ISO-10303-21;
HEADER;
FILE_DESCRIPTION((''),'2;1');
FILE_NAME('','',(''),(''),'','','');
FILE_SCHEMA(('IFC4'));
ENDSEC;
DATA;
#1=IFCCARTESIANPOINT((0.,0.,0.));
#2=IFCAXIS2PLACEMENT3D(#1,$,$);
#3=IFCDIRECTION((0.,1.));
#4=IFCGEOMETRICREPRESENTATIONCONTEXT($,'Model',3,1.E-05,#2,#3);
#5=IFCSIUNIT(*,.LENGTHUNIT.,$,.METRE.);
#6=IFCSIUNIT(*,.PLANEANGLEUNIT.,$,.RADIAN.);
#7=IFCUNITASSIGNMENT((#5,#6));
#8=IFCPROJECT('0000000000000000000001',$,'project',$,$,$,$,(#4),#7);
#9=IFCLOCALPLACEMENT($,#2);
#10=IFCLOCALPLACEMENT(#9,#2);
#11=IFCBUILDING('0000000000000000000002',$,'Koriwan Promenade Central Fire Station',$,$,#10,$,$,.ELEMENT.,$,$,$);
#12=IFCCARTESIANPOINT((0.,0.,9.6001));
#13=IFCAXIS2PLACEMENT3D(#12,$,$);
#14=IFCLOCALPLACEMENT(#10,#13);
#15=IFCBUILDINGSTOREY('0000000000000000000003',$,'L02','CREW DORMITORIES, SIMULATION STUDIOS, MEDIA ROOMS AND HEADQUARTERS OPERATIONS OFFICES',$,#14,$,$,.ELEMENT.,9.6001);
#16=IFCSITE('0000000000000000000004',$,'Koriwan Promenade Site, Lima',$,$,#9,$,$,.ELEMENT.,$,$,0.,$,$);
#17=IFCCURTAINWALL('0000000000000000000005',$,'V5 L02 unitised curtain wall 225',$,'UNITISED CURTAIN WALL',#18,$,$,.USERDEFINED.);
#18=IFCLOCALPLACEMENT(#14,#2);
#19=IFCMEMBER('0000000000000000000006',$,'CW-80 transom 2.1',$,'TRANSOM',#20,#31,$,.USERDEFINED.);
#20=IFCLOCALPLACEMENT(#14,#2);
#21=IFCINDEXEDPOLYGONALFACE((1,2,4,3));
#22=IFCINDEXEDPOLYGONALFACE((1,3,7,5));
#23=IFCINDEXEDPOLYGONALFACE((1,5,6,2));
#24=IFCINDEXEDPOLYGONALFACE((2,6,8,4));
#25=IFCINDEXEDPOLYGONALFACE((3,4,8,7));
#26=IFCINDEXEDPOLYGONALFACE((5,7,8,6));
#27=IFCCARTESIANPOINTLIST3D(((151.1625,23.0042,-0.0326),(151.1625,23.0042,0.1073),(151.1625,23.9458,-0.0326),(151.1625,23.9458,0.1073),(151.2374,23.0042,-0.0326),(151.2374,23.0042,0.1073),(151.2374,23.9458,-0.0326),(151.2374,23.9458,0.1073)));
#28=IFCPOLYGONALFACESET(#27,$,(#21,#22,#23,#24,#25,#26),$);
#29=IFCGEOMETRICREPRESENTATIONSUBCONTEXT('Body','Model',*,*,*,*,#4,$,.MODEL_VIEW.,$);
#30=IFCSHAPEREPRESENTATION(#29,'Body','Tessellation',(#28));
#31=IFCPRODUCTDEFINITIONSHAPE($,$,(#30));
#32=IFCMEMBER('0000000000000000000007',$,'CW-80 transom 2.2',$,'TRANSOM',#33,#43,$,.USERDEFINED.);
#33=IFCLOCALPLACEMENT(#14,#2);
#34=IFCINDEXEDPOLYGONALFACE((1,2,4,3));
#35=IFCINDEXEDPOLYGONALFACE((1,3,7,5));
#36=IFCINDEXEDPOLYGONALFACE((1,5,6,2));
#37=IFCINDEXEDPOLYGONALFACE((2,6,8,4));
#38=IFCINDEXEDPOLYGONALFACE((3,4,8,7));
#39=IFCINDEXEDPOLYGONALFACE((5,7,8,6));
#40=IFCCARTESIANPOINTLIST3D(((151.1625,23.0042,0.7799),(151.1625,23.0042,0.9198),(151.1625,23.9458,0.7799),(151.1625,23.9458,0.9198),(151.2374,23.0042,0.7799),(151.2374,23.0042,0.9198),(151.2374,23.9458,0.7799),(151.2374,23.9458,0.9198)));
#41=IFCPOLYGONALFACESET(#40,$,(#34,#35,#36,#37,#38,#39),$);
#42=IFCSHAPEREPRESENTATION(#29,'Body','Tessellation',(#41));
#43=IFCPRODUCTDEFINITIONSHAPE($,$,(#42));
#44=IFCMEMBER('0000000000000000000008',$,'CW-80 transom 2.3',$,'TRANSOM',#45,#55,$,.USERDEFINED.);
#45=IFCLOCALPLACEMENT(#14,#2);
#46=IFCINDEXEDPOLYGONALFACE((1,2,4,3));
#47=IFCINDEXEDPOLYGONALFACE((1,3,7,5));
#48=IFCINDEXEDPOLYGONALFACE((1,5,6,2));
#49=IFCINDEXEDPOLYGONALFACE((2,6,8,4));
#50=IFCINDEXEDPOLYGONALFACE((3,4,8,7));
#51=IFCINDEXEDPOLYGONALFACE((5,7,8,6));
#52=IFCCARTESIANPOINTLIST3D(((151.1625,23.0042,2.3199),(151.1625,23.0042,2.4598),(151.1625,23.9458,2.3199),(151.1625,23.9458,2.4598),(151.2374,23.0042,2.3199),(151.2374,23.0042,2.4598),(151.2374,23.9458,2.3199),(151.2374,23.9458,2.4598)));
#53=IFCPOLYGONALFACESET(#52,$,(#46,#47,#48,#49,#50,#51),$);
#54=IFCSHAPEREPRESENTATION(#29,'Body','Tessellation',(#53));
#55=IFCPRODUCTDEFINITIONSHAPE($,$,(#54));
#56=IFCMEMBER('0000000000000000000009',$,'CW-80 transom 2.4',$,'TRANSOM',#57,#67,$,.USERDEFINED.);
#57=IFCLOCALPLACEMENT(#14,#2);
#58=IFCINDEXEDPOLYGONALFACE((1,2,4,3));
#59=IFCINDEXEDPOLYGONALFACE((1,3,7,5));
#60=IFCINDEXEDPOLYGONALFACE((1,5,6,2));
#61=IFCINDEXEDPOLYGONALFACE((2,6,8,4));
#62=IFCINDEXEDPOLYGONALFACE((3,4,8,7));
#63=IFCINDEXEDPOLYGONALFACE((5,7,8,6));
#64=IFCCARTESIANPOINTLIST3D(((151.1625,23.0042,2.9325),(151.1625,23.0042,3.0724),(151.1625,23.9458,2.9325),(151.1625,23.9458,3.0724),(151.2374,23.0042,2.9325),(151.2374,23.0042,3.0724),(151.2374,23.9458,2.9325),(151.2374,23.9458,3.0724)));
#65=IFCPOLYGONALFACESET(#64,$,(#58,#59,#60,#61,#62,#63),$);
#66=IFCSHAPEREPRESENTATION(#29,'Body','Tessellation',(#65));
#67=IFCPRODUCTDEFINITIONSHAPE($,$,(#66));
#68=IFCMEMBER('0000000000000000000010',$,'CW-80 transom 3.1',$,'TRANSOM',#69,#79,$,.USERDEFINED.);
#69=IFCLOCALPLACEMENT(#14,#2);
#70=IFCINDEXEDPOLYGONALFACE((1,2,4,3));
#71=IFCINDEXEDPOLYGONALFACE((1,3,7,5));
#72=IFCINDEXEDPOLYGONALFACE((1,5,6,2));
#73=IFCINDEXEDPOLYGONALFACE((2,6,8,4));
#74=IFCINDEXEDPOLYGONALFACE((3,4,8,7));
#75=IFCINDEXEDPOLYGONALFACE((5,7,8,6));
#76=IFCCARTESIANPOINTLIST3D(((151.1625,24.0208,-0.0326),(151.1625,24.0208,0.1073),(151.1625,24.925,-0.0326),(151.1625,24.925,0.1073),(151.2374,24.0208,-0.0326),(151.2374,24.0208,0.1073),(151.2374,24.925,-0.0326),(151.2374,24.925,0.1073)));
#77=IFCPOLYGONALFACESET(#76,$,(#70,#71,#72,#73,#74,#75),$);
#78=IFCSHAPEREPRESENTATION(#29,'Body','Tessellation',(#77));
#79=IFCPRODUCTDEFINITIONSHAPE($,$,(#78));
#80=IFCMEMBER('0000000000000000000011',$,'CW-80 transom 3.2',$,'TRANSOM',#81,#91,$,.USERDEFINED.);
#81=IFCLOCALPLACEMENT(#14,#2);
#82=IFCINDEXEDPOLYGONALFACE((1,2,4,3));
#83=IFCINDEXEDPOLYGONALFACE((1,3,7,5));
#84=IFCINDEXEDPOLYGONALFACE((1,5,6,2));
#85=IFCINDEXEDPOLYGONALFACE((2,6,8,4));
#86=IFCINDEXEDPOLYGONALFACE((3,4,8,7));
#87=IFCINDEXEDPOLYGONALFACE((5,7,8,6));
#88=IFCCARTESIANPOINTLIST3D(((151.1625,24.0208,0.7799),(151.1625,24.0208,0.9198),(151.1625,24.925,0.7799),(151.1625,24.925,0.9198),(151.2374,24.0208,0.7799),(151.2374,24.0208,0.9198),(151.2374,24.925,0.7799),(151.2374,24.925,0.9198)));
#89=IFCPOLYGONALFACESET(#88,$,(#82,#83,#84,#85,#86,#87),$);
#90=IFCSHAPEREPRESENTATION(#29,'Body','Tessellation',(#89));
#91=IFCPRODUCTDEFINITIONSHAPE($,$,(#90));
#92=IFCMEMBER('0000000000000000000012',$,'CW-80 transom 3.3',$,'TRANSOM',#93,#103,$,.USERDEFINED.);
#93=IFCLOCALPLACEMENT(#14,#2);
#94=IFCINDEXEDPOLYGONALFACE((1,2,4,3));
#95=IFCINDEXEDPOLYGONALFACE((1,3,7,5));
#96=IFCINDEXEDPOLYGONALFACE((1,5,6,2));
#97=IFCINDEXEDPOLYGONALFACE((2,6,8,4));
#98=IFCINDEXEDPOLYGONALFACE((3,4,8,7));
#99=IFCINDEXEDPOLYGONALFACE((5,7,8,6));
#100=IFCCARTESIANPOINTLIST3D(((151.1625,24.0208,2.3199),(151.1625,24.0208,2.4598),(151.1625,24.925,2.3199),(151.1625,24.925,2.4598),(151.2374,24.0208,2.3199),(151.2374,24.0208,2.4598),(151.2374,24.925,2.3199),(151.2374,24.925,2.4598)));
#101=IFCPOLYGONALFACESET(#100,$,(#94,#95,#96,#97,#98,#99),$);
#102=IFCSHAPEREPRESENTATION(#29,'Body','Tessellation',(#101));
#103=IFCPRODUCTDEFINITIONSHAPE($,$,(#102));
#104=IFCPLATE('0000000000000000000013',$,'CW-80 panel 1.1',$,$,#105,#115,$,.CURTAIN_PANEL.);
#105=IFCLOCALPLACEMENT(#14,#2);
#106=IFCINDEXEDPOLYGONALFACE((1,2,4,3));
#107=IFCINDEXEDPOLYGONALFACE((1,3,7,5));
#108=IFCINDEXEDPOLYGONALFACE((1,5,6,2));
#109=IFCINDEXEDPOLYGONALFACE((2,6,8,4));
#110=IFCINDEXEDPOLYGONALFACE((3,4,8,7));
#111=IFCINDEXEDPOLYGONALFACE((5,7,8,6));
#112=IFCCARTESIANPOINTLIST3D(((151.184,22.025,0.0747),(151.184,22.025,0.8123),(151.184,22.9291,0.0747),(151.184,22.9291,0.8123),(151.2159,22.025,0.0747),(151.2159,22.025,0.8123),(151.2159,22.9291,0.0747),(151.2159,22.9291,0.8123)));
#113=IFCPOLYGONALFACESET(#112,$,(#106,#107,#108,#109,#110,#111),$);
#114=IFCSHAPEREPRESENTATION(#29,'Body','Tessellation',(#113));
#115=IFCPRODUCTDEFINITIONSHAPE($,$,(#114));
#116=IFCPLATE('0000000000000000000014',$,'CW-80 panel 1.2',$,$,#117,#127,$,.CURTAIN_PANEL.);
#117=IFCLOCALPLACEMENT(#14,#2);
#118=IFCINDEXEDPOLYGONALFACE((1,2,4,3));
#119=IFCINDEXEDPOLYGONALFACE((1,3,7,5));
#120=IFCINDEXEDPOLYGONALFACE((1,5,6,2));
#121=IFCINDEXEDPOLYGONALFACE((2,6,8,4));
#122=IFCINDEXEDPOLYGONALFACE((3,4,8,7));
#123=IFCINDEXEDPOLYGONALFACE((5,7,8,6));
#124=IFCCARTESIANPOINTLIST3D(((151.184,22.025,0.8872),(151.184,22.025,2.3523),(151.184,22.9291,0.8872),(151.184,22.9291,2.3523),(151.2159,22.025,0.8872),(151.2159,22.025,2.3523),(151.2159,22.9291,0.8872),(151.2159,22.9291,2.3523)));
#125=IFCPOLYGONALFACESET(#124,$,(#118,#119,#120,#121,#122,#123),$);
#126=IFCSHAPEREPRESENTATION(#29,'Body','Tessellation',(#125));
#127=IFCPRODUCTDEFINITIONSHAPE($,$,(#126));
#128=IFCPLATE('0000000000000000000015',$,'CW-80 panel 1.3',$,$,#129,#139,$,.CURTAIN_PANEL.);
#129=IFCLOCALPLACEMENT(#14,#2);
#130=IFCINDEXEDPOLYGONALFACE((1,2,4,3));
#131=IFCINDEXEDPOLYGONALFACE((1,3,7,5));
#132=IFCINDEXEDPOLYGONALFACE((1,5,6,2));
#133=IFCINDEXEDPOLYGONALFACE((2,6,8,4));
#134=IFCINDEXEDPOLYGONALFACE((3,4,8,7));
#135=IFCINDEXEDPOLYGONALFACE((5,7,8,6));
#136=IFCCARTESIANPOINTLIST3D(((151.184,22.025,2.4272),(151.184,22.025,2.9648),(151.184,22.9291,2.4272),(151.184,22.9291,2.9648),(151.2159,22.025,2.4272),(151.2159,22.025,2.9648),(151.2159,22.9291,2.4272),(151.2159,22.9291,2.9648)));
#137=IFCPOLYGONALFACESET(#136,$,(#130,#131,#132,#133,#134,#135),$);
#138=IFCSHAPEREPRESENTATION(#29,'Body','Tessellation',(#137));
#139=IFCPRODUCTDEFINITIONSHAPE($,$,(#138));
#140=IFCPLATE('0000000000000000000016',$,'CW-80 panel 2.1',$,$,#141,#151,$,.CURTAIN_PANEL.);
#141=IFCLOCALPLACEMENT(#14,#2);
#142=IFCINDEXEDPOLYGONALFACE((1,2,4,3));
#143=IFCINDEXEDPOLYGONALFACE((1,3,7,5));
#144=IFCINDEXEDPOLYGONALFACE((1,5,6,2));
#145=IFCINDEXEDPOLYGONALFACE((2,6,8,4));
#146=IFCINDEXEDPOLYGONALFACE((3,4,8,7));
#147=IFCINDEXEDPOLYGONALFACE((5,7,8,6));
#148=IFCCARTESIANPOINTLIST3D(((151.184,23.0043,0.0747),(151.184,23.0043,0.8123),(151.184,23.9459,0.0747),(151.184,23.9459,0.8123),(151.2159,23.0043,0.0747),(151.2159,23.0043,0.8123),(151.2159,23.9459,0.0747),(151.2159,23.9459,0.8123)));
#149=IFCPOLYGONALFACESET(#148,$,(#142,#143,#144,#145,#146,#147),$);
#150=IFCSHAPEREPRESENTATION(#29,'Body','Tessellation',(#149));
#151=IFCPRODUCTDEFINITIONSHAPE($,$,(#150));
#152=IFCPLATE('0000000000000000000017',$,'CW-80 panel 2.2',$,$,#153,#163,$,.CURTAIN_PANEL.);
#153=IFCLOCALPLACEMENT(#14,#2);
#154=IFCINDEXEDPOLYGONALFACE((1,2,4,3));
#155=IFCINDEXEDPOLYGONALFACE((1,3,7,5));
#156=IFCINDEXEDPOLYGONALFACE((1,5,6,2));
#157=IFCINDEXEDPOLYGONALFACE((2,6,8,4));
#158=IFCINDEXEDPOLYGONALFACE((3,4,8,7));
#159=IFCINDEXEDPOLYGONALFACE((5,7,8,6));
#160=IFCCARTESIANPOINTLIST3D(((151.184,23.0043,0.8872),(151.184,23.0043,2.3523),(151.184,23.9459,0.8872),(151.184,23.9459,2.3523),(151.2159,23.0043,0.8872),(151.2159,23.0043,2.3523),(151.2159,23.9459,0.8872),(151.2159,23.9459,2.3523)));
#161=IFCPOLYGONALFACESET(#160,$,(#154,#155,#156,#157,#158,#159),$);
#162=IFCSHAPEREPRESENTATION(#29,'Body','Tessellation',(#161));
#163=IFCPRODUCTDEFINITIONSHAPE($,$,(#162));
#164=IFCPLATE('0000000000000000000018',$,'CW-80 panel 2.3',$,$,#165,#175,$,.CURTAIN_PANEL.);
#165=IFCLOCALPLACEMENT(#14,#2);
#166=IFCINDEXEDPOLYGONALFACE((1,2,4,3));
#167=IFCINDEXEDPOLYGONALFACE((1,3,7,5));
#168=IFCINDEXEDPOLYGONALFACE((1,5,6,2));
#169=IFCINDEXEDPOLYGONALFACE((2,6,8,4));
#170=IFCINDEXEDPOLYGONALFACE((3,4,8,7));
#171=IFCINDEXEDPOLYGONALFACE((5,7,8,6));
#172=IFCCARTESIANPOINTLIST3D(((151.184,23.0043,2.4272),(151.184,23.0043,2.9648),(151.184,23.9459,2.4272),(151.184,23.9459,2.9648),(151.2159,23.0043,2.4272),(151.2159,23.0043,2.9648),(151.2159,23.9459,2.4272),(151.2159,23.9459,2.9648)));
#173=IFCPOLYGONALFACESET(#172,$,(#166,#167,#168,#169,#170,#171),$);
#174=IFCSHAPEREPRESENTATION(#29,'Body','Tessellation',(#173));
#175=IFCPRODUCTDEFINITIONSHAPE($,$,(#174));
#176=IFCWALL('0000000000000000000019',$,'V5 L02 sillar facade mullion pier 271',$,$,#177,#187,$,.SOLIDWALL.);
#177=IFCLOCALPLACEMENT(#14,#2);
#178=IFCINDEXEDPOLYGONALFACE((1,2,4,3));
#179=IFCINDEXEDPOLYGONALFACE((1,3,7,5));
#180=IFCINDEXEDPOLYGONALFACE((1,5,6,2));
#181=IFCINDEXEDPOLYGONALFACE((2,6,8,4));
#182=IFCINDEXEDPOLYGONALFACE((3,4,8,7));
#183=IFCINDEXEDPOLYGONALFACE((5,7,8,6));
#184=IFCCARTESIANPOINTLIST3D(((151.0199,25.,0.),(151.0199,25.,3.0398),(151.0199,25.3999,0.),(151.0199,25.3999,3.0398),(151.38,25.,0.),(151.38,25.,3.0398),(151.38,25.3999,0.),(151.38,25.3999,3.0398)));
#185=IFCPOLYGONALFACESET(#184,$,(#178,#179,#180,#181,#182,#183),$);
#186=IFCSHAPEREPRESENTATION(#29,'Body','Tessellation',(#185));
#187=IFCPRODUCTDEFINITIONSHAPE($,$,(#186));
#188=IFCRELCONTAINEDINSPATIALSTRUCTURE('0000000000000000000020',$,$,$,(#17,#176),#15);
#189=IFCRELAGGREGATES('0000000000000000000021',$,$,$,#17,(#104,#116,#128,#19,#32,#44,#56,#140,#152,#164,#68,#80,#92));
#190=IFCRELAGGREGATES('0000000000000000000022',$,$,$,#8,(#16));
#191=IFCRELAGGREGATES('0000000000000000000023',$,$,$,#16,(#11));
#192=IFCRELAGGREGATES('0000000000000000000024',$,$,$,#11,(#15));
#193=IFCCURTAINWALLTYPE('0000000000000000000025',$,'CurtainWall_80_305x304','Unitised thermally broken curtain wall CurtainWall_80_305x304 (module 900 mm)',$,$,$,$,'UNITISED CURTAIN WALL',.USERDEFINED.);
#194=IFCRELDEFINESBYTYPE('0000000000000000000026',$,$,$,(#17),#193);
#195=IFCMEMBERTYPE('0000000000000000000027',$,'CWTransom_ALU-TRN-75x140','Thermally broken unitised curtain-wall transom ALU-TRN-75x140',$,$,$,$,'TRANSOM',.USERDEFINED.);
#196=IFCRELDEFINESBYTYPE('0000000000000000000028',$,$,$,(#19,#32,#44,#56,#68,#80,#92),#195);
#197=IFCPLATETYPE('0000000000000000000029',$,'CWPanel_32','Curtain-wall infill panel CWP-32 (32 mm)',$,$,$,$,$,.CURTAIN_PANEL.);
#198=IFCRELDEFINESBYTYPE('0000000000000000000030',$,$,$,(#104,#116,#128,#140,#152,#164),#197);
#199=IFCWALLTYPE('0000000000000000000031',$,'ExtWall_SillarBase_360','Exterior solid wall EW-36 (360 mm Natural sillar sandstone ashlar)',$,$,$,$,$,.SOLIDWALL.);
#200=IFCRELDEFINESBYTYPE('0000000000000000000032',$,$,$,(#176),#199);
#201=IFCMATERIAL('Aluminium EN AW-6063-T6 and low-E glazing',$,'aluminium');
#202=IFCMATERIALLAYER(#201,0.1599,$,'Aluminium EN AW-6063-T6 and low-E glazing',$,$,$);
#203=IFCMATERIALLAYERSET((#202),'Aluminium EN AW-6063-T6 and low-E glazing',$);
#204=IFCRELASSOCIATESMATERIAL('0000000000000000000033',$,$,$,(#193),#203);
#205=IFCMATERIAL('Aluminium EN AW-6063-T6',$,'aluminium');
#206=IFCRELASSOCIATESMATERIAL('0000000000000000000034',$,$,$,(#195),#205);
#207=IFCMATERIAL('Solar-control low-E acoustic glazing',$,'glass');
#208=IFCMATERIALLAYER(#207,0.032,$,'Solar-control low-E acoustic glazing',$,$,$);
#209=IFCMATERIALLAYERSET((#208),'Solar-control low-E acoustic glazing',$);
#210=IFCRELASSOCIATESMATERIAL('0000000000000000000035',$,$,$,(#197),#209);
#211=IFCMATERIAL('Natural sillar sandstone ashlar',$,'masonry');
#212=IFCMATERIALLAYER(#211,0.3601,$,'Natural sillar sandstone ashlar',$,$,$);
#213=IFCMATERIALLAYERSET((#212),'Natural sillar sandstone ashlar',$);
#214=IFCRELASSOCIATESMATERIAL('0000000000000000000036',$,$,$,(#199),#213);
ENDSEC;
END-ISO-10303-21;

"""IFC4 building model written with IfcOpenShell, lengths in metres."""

from ifc_helpers import new_model, si_unit, direction, frame, frame_2d, origin, origin_2d, place, context, subcontext, project, spatial, rectangle, extrude, material, layer, layer_set, material_profile, profile_set, type_object, element, aggregate, save


model = new_model("IFC4")

# Units and contexts
model_context = context("Model", 3, precision=1e-05, world=origin(), true_north=direction((0.0, 1.0)))
body_context = subcontext(model_context, "Body", "Model", "MODEL_VIEW")
ifc_project = project(units=[si_unit("LENGTHUNIT", "METRE"), si_unit("PLANEANGLEUNIT", "RADIAN")], contexts=[model_context])

# Site, building, storey
site_placement = place(None, origin())
site = spatial("IfcSite", under=ifc_project, at=site_placement, Name="Koriwan Promenade Site, Lima", CompositionType="ELEMENT", RefElevation=0.0)
building_placement = place(site_placement, origin())
building = spatial("IfcBuilding", under=site, at=building_placement, Name="Koriwan Promenade Central Fire Station", CompositionType="ELEMENT")
storey_placement = place(building_placement, frame((0.0, 0.0, 9.6001)))
storey = spatial("IfcBuildingStorey", under=building, at=storey_placement, Name="L02", Description="CREW DORMITORIES, SIMULATION STUDIOS, MEDIA ROOMS AND HEADQUARTERS OPERATIONS OFFICES", CompositionType="ELEMENT", Elevation=9.6001)

# Curtain wall, members, plates
ifc_material_1 = material(Name="Aluminium EN AW-6063-T6 and low-E glazing", Category="aluminium")
ifc_layer_1 = layer(ifc_material_1, 0.1599, Name="Aluminium EN AW-6063-T6 and low-E glazing")
ifc_layer_set_1 = layer_set([ifc_layer_1], Name="Aluminium EN AW-6063-T6 and low-E glazing")
curtain_wall_type = type_object("IfcCurtainWallType", Name="CurtainWall_80_305x304", Description="Unitised thermally broken curtain wall CurtainWall_80_305x304 (module 900 mm)", ElementType="UNITISED CURTAIN WALL", PredefinedType="USERDEFINED", material=ifc_layer_set_1)
curtain_wall_placement = place(storey_placement, origin())
curtain_wall = element("IfcCurtainWall", 1, at=curtain_wall_placement, inside=storey, type_object=curtain_wall_type, Name="V5 L02 unitised curtain wall 225", ObjectType="UNITISED CURTAIN WALL", PredefinedType="USERDEFINED")
ifc_material_2 = material(Name="Aluminium EN AW-6063-T6", Category="aluminium")
ifc_material_profile_1 = material_profile(ifc_material_2, rectangle(XDim=0.075, YDim=0.1399, at=origin_2d()), Name="ALU-TRN-75x140")
ifc_profile_set_1 = profile_set([ifc_material_profile_1], Name="Aluminium EN AW-6063-T6")
member_type_1 = type_object("IfcMemberType", Name="CWTransom_ALU-TRN-75x140", Description="Thermally broken unitised curtain-wall transom ALU-TRN-75x140", ElementType="TRANSOM", PredefinedType="USERDEFINED", material=ifc_profile_set_1)
member_1_placement = place(storey_placement, frame((151.2, 23.0042, 0.0374), z_axis=(0.0, 1.0, 0.0), x_axis=(-1.0, 0.0, 0.0)))
member_1 = element("IfcMember", 2, at=member_1_placement, type_object=member_type_1, Name="CW-80 transom 2.1", ObjectType="TRANSOM", PredefinedType="USERDEFINED", context=body_context, shape_type="SweptSolid", body=[
    extrude(rectangle(XDim=0.075, YDim=0.1399, at=origin_2d()), origin(), (0.0, 0.0, 1.0), 0.9417),
])
member_2_placement = place(storey_placement, frame((151.2, 23.0042, 0.8499), z_axis=(0.0, 1.0, 0.0), x_axis=(-1.0, 0.0, 0.0)))
member_2 = element("IfcMember", 3, at=member_2_placement, type_object=member_type_1, Name="CW-80 transom 2.2", ObjectType="TRANSOM", PredefinedType="USERDEFINED", context=body_context, shape_type="SweptSolid", body=[
    extrude(rectangle(XDim=0.075, YDim=0.1399, at=origin_2d()), origin(), (0.0, 0.0, 1.0), 0.9417),
])
member_3_placement = place(storey_placement, frame((151.2, 23.0042, 2.3899), z_axis=(0.0, 1.0, 0.0), x_axis=(-1.0, 0.0, 0.0)))
member_3 = element("IfcMember", 4, at=member_3_placement, type_object=member_type_1, Name="CW-80 transom 2.3", ObjectType="TRANSOM", PredefinedType="USERDEFINED", context=body_context, shape_type="SweptSolid", body=[
    extrude(rectangle(XDim=0.075, YDim=0.1399, at=origin_2d()), origin(), (0.0, 0.0, 1.0), 0.9417),
])
member_4_placement = place(storey_placement, frame((151.2, 23.0042, 3.0024), z_axis=(0.0, 1.0, 0.0), x_axis=(-1.0, 0.0, 0.0)))
member_4 = element("IfcMember", 5, at=member_4_placement, type_object=member_type_1, Name="CW-80 transom 2.4", ObjectType="TRANSOM", PredefinedType="USERDEFINED", context=body_context, shape_type="SweptSolid", body=[
    extrude(rectangle(XDim=0.075, YDim=0.1399, at=origin_2d()), origin(), (0.0, 0.0, 1.0), 0.9417),
])
member_5_placement = place(storey_placement, frame((151.2, 24.0208, 0.0374), z_axis=(0.0, 1.0, 0.0), x_axis=(-1.0, 0.0, 0.0)))
member_5 = element("IfcMember", 6, at=member_5_placement, type_object=member_type_1, Name="CW-80 transom 3.1", ObjectType="TRANSOM", PredefinedType="USERDEFINED", context=body_context, shape_type="SweptSolid", body=[
    extrude(rectangle(XDim=0.075, YDim=0.1399, at=origin_2d()), origin(), (0.0, 0.0, 1.0), 0.9043),
])
member_6_placement = place(storey_placement, frame((151.2, 24.0208, 0.8499), z_axis=(0.0, 1.0, 0.0), x_axis=(-1.0, 0.0, 0.0)))
member_6 = element("IfcMember", 7, at=member_6_placement, type_object=member_type_1, Name="CW-80 transom 3.2", ObjectType="TRANSOM", PredefinedType="USERDEFINED", context=body_context, shape_type="SweptSolid", body=[
    extrude(rectangle(XDim=0.075, YDim=0.1399, at=origin_2d()), origin(), (0.0, 0.0, 1.0), 0.9043),
])
member_7_placement = place(storey_placement, frame((151.2, 24.0208, 2.3899), z_axis=(0.0, 1.0, 0.0), x_axis=(-1.0, 0.0, 0.0)))
member_7 = element("IfcMember", 8, at=member_7_placement, type_object=member_type_1, Name="CW-80 transom 3.3", ObjectType="TRANSOM", PredefinedType="USERDEFINED", context=body_context, shape_type="SweptSolid", body=[
    extrude(rectangle(XDim=0.075, YDim=0.1399, at=origin_2d()), origin(), (0.0, 0.0, 1.0), 0.9043),
])
ifc_material_3 = material(Name="Solar-control low-E acoustic glazing", Category="glass")
ifc_layer_2 = layer(ifc_material_3, 0.032, Name="Solar-control low-E acoustic glazing")
ifc_layer_set_2 = layer_set([ifc_layer_2], Name="Solar-control low-E acoustic glazing")
plate_type = type_object("IfcPlateType", Name="CWPanel_32", Description="Curtain-wall infill panel CWP-32 (32 mm)", PredefinedType="CURTAIN_PANEL", material=ifc_layer_set_2)
plate_1_placement = place(storey_placement, frame((151.2, 22.4771, 0.0747), z_axis=(0.0, 0.0, 1.0), x_axis=(0.0, 1.0, 0.0)))
plate_1 = element("IfcPlate", 9, at=plate_1_placement, type_object=plate_type, Name="CW-80 panel 1.1", PredefinedType="CURTAIN_PANEL", context=body_context, shape_type="SweptSolid", body=[
    extrude(rectangle(XDim=0.9041, YDim=0.032, at=origin_2d()), origin(), (0.0, 0.0, 1.0), 0.7375),
])
plate_2_placement = place(storey_placement, frame((151.2, 22.4771, 0.8872), z_axis=(0.0, 0.0, 1.0), x_axis=(0.0, 1.0, 0.0)))
plate_2 = element("IfcPlate", 10, at=plate_2_placement, type_object=plate_type, Name="CW-80 panel 1.2", PredefinedType="CURTAIN_PANEL", context=body_context, shape_type="SweptSolid", body=[
    extrude(rectangle(XDim=0.9041, YDim=0.032, at=origin_2d()), origin(), (0.0, 0.0, 1.0), 1.4651),
])
plate_3_placement = place(storey_placement, frame((151.2, 22.4771, 2.4272), z_axis=(0.0, 0.0, 1.0), x_axis=(0.0, 1.0, 0.0)))
plate_3 = element("IfcPlate", 11, at=plate_3_placement, type_object=plate_type, Name="CW-80 panel 1.3", PredefinedType="CURTAIN_PANEL", context=body_context, shape_type="SweptSolid", body=[
    extrude(rectangle(XDim=0.9041, YDim=0.032, at=origin_2d()), origin(), (0.0, 0.0, 1.0), 0.5376),
])
plate_4_placement = place(storey_placement, frame((151.2, 23.4751, 0.0747), z_axis=(0.0, 0.0, 1.0), x_axis=(0.0, 1.0, 0.0)))
plate_4 = element("IfcPlate", 12, at=plate_4_placement, type_object=plate_type, Name="CW-80 panel 2.1", PredefinedType="CURTAIN_PANEL", context=body_context, shape_type="SweptSolid", body=[
    extrude(rectangle(XDim=0.9417, YDim=0.032, at=origin_2d()), origin(), (0.0, 0.0, 1.0), 0.7375),
])
plate_5_placement = place(storey_placement, frame((151.2, 23.4751, 0.8872), z_axis=(0.0, 0.0, 1.0), x_axis=(0.0, 1.0, 0.0)))
plate_5 = element("IfcPlate", 13, at=plate_5_placement, type_object=plate_type, Name="CW-80 panel 2.2", PredefinedType="CURTAIN_PANEL", context=body_context, shape_type="SweptSolid", body=[
    extrude(rectangle(XDim=0.9417, YDim=0.032, at=origin_2d()), origin(), (0.0, 0.0, 1.0), 1.4651),
])
plate_6_placement = place(storey_placement, frame((151.2, 23.4751, 2.4272), z_axis=(0.0, 0.0, 1.0), x_axis=(0.0, 1.0, 0.0)))
plate_6 = element("IfcPlate", 14, at=plate_6_placement, type_object=plate_type, Name="CW-80 panel 2.3", PredefinedType="CURTAIN_PANEL", context=body_context, shape_type="SweptSolid", body=[
    extrude(rectangle(XDim=0.9417, YDim=0.032, at=origin_2d()), origin(), (0.0, 0.0, 1.0), 0.5376),
])
aggregate(curtain_wall, [plate_1, plate_2, plate_3, member_1, member_2, member_3, member_4, plate_4, plate_5, plate_6, member_5, member_6, member_7])

# Wall
ifc_material_4 = material(Name="Natural sillar sandstone ashlar", Category="masonry")
ifc_layer_3 = layer(ifc_material_4, 0.3601, Name="Natural sillar sandstone ashlar")
ifc_layer_set_3 = layer_set([ifc_layer_3], Name="Natural sillar sandstone ashlar")
wall_type = type_object("IfcWallType", Name="ExtWall_SillarBase_360", Description="Exterior solid wall EW-36 (360 mm Natural sillar sandstone ashlar)", PredefinedType="SOLIDWALL", material=ifc_layer_set_3)
wall_placement = place(storey_placement, frame((151.2, 25.0, 0.0), z_axis=(0.0, 0.0, 1.0), x_axis=(0.0, 1.0, 0.0)))
element("IfcWall", 15, at=wall_placement, inside=storey, type_object=wall_type, Name="V5 L02 sillar facade mullion pier 271", PredefinedType="SOLIDWALL", context=body_context, shape_type="SweptSolid", body=[
    extrude(rectangle(XDim=0.3999, YDim=0.3601, at=frame_2d((0.2, 0.0))), origin(), (0.0, 0.0, 1.0), 3.0398),
])

save(model, "model.ifc")
